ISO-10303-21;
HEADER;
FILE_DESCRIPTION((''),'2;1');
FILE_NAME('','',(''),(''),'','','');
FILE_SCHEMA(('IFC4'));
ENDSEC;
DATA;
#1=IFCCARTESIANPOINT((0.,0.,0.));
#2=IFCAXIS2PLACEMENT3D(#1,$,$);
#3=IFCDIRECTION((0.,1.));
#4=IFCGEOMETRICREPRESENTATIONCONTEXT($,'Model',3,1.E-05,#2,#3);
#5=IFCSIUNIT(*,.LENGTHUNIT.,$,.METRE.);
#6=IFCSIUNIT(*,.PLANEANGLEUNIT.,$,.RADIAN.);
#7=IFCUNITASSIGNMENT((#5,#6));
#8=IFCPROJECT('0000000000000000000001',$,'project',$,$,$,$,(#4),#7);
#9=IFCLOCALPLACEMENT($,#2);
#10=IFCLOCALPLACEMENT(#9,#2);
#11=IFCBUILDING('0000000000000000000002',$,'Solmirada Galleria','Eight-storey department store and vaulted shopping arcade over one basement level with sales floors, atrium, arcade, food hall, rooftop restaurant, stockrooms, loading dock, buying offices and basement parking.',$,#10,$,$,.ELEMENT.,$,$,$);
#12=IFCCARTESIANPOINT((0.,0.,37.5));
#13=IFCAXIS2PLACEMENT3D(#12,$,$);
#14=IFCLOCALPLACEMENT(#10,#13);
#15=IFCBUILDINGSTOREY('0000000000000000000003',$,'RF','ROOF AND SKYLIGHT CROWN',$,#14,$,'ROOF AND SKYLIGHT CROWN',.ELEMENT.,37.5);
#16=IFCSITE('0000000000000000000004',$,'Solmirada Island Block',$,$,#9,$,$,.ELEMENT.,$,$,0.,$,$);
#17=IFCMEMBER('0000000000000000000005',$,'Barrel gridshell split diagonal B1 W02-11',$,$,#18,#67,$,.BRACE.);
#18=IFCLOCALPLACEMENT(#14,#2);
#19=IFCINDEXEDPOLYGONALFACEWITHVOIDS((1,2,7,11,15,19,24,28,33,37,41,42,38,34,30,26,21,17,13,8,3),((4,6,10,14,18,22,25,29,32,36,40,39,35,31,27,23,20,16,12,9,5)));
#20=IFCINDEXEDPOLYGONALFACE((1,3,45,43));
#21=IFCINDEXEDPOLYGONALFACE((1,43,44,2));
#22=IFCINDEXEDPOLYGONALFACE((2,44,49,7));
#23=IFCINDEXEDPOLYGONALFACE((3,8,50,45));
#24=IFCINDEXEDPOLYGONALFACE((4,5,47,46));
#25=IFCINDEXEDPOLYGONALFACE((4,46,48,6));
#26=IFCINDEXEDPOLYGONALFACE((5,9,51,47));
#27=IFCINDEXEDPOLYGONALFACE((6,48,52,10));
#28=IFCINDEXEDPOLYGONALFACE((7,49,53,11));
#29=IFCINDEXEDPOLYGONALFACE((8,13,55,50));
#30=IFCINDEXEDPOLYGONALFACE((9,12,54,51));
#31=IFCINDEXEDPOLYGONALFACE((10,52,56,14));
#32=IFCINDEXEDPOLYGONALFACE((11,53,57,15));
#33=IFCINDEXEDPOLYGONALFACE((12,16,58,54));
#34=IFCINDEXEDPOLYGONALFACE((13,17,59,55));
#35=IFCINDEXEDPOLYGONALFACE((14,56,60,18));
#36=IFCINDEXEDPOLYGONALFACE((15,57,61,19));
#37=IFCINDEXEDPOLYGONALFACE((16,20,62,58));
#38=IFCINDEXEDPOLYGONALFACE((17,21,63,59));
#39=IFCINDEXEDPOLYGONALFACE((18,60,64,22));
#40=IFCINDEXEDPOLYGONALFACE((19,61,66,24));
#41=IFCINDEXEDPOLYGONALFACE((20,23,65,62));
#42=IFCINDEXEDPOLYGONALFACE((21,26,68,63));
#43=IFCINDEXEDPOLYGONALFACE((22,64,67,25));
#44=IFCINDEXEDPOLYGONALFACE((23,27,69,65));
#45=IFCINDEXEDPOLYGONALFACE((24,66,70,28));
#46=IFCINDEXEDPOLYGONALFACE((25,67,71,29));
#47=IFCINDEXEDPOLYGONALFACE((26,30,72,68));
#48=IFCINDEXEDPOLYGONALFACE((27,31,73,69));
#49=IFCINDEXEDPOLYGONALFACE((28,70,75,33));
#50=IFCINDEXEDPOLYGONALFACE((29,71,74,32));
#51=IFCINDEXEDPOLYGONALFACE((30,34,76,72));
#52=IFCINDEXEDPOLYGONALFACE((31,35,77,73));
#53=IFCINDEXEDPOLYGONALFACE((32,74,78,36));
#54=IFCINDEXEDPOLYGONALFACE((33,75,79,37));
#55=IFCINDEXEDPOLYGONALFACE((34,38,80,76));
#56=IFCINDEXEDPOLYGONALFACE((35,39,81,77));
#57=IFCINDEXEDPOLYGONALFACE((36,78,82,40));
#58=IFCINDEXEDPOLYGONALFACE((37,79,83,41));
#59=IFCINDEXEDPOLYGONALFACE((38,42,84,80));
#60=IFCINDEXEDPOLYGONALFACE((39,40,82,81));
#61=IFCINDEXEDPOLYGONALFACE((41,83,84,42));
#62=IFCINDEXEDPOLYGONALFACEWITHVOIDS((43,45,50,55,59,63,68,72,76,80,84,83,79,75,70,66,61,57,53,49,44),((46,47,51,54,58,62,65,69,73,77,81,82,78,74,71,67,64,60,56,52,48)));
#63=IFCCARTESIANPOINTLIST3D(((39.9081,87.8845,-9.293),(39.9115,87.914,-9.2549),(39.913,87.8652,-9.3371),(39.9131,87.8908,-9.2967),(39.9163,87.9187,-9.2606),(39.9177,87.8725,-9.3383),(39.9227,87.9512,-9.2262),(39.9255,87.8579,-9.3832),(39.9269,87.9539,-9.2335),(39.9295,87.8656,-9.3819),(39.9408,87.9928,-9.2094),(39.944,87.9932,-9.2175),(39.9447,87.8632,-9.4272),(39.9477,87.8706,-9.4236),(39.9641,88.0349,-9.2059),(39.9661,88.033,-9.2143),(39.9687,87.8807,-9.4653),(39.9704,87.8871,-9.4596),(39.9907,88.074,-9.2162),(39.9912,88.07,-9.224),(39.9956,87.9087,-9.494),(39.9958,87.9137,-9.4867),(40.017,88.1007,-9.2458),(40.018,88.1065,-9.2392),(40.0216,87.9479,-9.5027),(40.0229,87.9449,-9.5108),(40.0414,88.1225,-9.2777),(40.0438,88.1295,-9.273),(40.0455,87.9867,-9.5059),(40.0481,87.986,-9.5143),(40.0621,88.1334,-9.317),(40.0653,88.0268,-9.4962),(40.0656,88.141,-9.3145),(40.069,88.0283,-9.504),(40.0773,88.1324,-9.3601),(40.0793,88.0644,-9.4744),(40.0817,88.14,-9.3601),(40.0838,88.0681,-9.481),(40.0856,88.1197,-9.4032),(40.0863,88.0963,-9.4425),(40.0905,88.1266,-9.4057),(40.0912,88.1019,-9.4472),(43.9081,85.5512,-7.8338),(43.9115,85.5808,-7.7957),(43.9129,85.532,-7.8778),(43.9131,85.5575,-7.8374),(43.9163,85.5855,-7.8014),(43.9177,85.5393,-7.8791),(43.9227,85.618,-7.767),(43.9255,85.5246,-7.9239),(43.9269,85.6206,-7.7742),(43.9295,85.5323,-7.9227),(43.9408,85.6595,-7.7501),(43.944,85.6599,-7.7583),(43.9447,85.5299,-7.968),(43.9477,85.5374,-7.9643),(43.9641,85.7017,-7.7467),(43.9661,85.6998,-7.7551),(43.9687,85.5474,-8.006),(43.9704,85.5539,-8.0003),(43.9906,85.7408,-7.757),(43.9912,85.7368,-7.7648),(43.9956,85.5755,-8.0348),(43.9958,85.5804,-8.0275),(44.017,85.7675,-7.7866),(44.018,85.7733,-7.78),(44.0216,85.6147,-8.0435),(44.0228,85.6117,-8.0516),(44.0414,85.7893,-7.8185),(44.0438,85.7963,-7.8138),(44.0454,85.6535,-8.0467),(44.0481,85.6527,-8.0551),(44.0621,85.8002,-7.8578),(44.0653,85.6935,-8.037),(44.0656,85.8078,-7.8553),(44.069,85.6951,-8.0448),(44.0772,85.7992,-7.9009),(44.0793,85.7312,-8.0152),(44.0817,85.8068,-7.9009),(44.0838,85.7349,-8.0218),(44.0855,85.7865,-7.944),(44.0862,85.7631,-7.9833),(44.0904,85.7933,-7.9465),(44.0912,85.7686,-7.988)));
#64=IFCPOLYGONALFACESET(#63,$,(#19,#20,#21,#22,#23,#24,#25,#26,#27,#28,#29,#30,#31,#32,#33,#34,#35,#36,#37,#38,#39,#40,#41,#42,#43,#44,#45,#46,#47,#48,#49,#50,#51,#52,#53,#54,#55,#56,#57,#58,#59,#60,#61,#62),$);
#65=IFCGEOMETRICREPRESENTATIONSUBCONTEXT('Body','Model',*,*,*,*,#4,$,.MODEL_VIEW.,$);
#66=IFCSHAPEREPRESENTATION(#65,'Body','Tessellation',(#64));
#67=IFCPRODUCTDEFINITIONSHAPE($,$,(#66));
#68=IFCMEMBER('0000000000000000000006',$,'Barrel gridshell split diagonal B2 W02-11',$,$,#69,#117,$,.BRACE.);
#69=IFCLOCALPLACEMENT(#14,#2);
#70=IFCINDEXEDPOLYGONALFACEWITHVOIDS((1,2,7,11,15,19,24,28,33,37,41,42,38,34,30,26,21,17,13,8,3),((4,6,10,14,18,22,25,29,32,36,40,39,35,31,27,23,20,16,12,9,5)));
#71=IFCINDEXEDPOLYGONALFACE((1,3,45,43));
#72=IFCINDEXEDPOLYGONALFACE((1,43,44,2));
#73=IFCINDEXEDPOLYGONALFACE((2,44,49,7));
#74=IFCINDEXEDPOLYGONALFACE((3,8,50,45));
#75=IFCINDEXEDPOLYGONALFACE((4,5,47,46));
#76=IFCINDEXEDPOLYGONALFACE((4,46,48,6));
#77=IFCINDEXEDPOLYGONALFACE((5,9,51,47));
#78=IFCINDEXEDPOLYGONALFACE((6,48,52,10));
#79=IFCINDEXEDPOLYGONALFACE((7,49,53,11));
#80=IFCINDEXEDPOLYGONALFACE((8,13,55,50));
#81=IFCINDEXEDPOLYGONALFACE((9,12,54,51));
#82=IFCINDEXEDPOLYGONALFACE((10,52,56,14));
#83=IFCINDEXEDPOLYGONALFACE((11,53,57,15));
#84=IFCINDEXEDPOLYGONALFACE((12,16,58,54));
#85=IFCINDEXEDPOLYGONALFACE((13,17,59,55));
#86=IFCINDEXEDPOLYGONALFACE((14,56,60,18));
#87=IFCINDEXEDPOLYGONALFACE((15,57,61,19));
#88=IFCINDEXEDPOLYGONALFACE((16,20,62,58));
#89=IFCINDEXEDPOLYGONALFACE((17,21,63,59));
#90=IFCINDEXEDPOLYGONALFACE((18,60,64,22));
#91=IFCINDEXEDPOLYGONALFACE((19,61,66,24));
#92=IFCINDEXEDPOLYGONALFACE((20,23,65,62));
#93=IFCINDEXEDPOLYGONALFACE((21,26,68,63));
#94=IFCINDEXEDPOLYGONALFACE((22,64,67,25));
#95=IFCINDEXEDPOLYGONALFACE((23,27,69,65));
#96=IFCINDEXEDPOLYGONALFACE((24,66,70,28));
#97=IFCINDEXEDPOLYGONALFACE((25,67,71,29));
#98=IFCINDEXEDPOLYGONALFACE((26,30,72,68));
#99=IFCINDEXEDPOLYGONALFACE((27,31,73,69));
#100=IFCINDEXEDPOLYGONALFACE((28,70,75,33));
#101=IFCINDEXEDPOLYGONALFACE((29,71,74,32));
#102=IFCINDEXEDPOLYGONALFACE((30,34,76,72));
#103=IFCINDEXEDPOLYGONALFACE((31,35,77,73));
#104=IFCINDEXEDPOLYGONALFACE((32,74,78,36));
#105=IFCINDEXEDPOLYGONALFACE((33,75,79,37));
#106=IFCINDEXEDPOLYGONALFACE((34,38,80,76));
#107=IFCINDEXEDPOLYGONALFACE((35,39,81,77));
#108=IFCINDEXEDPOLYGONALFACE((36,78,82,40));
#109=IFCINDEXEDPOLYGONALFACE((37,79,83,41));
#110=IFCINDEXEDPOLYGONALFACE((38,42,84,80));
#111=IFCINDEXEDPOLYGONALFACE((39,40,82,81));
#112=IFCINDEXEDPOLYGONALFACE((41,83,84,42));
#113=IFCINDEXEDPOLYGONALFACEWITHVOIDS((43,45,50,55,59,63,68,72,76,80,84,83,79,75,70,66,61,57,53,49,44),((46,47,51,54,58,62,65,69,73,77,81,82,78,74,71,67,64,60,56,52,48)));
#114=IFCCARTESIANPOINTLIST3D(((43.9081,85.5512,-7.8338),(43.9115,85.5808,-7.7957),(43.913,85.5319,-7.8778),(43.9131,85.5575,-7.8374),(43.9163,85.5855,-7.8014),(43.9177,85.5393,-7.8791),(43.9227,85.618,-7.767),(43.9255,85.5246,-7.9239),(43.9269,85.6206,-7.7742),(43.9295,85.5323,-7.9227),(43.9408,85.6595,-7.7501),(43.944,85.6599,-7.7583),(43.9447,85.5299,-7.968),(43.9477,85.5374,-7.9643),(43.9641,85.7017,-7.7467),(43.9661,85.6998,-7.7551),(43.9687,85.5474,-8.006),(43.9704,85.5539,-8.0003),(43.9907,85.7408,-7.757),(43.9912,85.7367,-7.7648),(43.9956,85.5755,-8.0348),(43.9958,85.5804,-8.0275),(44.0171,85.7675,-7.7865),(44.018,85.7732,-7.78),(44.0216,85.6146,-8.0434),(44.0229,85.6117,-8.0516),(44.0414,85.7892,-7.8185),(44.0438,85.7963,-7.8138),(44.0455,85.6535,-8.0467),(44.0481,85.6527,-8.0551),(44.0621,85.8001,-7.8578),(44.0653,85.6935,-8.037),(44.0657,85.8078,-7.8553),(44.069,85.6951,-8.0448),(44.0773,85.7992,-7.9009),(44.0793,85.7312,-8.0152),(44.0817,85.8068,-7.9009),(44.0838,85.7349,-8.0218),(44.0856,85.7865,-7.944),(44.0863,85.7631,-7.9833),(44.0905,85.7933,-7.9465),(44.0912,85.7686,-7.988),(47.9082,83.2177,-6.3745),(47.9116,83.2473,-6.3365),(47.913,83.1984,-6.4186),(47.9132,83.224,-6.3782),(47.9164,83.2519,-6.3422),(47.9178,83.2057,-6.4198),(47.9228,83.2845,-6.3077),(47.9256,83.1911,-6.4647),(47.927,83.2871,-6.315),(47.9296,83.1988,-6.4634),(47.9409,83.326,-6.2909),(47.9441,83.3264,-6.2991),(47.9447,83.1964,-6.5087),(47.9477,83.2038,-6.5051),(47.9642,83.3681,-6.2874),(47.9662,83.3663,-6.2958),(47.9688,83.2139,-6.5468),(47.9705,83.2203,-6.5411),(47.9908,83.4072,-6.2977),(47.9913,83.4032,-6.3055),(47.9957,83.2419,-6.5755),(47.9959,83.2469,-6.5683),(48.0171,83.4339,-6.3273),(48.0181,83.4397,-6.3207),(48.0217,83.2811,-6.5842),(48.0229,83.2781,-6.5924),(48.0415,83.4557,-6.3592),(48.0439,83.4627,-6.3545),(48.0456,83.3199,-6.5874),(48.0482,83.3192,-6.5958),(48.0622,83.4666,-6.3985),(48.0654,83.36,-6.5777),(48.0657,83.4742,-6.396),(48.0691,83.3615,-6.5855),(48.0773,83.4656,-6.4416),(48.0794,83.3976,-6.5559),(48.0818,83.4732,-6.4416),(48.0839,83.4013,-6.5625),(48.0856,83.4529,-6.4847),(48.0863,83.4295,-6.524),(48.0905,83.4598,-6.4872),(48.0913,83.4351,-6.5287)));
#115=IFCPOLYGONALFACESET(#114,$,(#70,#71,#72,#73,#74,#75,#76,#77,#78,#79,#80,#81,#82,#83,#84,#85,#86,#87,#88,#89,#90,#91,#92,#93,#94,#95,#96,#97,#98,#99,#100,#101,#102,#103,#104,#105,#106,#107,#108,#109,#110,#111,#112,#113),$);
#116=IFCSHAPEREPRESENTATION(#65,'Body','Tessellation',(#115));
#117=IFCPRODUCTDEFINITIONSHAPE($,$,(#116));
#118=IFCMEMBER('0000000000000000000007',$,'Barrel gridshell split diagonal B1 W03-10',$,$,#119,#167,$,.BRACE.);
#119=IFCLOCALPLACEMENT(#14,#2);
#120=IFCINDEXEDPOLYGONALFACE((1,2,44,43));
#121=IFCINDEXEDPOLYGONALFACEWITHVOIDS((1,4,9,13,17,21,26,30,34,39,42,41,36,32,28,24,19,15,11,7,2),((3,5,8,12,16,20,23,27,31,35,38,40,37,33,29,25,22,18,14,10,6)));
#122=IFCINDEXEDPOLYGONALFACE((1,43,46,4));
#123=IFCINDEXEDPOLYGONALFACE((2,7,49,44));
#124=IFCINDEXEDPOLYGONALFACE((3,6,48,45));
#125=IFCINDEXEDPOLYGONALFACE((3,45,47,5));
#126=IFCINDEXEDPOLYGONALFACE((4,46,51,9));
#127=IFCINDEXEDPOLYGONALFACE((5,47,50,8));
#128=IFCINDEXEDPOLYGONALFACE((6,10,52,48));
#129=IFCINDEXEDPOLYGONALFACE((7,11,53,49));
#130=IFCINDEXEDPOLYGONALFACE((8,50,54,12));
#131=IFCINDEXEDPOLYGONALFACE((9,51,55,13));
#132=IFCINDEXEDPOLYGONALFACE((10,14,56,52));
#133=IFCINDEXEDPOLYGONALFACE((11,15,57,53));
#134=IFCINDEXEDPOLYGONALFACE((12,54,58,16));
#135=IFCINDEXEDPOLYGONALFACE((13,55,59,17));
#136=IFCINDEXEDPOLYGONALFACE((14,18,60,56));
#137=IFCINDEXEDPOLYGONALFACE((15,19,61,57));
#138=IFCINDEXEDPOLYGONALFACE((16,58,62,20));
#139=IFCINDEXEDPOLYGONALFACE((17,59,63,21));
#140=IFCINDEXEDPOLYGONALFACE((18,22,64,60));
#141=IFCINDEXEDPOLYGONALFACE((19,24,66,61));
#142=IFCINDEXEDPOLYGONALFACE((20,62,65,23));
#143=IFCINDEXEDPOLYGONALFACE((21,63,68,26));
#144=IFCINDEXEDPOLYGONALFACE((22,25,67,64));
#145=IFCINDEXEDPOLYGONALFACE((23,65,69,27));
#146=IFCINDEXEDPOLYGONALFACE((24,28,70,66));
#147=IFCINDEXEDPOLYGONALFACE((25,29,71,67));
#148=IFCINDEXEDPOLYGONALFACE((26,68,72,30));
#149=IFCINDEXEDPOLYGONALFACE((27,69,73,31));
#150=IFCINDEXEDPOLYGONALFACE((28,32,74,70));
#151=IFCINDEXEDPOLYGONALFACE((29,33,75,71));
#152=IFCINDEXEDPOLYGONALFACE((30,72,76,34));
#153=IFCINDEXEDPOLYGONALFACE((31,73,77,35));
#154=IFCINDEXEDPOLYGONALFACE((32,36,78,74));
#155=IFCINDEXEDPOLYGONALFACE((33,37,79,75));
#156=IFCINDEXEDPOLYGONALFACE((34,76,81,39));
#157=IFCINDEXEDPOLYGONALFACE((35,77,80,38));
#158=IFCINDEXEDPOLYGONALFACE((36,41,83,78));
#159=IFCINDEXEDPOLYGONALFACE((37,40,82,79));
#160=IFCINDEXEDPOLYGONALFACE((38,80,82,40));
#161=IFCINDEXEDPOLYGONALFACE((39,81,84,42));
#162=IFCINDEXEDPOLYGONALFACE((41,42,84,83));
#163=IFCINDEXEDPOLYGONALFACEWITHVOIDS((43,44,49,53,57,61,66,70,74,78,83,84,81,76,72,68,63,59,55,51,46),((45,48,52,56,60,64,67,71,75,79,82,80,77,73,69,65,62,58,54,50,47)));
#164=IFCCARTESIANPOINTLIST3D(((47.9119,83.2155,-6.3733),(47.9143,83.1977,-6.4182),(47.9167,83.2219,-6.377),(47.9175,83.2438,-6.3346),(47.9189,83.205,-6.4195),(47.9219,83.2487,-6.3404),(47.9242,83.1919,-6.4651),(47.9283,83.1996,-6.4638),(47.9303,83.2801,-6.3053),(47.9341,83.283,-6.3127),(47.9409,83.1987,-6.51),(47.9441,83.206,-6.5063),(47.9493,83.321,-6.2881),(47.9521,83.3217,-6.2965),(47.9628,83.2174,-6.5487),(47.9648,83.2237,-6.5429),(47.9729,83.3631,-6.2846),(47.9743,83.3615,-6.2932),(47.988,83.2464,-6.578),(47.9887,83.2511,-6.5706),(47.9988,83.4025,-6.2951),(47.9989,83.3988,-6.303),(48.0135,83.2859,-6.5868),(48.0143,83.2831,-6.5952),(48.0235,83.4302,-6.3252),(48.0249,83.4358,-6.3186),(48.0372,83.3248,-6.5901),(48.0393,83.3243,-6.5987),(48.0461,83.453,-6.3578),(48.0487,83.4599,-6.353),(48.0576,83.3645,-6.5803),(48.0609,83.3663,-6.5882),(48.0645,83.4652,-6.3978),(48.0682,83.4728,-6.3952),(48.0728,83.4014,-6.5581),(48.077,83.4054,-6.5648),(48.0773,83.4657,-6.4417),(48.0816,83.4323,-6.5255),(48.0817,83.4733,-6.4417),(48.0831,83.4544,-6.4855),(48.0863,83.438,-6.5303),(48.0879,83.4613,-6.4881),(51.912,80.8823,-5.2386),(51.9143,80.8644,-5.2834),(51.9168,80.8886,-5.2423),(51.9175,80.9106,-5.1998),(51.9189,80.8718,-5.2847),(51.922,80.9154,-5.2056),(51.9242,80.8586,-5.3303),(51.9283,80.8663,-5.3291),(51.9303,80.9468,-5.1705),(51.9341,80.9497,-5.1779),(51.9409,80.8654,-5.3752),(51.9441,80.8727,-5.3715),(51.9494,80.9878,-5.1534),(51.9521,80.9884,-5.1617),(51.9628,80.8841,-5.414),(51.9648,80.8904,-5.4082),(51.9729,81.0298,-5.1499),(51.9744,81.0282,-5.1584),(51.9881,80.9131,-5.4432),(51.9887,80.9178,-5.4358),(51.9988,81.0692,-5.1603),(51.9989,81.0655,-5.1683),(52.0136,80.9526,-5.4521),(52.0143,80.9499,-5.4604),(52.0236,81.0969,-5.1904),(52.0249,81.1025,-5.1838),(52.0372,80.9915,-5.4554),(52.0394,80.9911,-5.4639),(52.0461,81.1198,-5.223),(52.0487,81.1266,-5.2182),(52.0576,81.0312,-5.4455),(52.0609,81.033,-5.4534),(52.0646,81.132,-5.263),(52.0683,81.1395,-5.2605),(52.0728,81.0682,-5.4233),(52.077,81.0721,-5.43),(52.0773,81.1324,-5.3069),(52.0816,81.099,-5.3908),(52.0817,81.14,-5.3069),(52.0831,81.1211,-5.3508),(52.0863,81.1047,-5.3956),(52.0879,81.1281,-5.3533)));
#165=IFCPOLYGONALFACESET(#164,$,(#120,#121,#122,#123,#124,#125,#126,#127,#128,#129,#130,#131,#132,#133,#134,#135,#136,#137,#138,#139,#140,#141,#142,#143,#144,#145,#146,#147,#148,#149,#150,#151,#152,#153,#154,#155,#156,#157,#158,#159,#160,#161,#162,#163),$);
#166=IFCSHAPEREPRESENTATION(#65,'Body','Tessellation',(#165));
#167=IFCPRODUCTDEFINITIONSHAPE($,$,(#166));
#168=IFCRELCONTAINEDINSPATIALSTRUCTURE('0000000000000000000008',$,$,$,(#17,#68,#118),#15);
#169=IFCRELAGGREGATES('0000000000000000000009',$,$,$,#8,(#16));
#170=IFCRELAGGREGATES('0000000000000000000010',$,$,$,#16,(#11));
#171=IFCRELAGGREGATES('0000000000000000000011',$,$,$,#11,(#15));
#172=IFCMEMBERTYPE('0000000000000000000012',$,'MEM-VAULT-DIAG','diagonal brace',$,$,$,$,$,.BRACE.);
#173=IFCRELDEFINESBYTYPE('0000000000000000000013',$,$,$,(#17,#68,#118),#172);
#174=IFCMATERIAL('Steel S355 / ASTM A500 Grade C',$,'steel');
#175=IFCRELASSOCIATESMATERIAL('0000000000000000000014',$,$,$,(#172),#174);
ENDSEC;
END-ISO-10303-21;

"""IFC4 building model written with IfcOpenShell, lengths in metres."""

from ifc_helpers import new_model, si_unit, direction, frame, origin, origin_2d, place, context, subcontext, project, spatial, hollow_circle, extrude, material, material_profile, profile_set, type_object, element, save


model = new_model("IFC4")

# Units and contexts
model_context = context("Model", 3, precision=1e-05, world=origin(), true_north=direction((0.0, 1.0)))
body_context = subcontext(model_context, "Body", "Model", "MODEL_VIEW")
ifc_project = project(units=[si_unit("LENGTHUNIT", "METRE"), si_unit("PLANEANGLEUNIT", "RADIAN")], contexts=[model_context])

# Site, building, storey
site_placement = place(None, origin())
site = spatial("IfcSite", under=ifc_project, at=site_placement, Name="Solmirada Island Block", CompositionType="ELEMENT", RefElevation=0.0)
building_placement = place(site_placement, origin())
building = spatial("IfcBuilding", under=site, at=building_placement, Name="Solmirada Galleria", Description="Eight-storey department store and vaulted shopping arcade over one basement level with sales floors, atrium, arcade, food hall, rooftop restaurant, stockrooms, loading dock, buying offices and basement parking.", CompositionType="ELEMENT")
storey_placement = place(building_placement, frame((0.0, 0.0, 37.5)))
storey = spatial("IfcBuildingStorey", under=building, at=storey_placement, Name="RF", Description="ROOF AND SKYLIGHT CROWN", LongName="ROOF AND SKYLIGHT CROWN", CompositionType="ELEMENT", Elevation=37.5)

# Members
ifc_material_1 = material(Name="Steel S355 / ASTM A500 Grade C", Category="steel")
ifc_material_profile_1 = material_profile(ifc_material_1, hollow_circle(Radius=0.1621, WallThickness=0.0088, at=origin_2d()), Name="HSS12.750X0.375")
ifc_profile_set_1 = profile_set([ifc_material_profile_1], Name="Steel S355 / ASTM A500 Grade C")
member_type_1 = type_object("IfcMemberType", Name="MEM-VAULT-DIAG", Description="diagonal brace", PredefinedType="BRACE", material=ifc_profile_set_1)
member_1_placement = place(storey_placement, frame((40.0, 88.0, -9.3601), z_axis=(0.823851, -0.480563, 0.300547), x_axis=(0.503858, 0.863787, 0.0)))
element("IfcMember", 1, at=member_1_placement, inside=storey, type_object=member_type_1, Name="Barrel gridshell split diagonal B1 W02-11", PredefinedType="BRACE", context=body_context, shape_type="SweptSolid", body=[
    extrude(hollow_circle(Radius=0.1621, WallThickness=0.0088, at=origin_2d()), origin(), (0.0, 0.0, 1.0), 4.8552),
])
member_2_placement = place(storey_placement, frame((44.0, 85.6667, -7.9009), z_axis=(0.823831, -0.480602, 0.30054), x_axis=(0.503897, 0.863764, 0.0)))
element("IfcMember", 2, at=member_2_placement, inside=storey, type_object=member_type_1, Name="Barrel gridshell split diagonal B2 W02-11", PredefinedType="BRACE", context=body_context, shape_type="SweptSolid", body=[
    extrude(hollow_circle(Radius=0.1621, WallThickness=0.0088, at=origin_2d()), origin(), (0.0, 0.0, 1.0), 4.8555),
])
member_3_placement = place(storey_placement, frame((48.0, 83.3333, -6.4417), z_axis=(0.838964, -0.489379, 0.238007), x_axis=(0.503858, 0.863787, 0.0)))
element("IfcMember", 3, at=member_3_placement, inside=storey, type_object=member_type_1, Name="Barrel gridshell split diagonal B1 W03-10", PredefinedType="BRACE", context=body_context, shape_type="SweptSolid", body=[
    extrude(hollow_circle(Radius=0.1621, WallThickness=0.0088, at=origin_2d()), origin(), (0.0, 0.0, 1.0), 4.7678),
])

save(model, "model.ifc")
